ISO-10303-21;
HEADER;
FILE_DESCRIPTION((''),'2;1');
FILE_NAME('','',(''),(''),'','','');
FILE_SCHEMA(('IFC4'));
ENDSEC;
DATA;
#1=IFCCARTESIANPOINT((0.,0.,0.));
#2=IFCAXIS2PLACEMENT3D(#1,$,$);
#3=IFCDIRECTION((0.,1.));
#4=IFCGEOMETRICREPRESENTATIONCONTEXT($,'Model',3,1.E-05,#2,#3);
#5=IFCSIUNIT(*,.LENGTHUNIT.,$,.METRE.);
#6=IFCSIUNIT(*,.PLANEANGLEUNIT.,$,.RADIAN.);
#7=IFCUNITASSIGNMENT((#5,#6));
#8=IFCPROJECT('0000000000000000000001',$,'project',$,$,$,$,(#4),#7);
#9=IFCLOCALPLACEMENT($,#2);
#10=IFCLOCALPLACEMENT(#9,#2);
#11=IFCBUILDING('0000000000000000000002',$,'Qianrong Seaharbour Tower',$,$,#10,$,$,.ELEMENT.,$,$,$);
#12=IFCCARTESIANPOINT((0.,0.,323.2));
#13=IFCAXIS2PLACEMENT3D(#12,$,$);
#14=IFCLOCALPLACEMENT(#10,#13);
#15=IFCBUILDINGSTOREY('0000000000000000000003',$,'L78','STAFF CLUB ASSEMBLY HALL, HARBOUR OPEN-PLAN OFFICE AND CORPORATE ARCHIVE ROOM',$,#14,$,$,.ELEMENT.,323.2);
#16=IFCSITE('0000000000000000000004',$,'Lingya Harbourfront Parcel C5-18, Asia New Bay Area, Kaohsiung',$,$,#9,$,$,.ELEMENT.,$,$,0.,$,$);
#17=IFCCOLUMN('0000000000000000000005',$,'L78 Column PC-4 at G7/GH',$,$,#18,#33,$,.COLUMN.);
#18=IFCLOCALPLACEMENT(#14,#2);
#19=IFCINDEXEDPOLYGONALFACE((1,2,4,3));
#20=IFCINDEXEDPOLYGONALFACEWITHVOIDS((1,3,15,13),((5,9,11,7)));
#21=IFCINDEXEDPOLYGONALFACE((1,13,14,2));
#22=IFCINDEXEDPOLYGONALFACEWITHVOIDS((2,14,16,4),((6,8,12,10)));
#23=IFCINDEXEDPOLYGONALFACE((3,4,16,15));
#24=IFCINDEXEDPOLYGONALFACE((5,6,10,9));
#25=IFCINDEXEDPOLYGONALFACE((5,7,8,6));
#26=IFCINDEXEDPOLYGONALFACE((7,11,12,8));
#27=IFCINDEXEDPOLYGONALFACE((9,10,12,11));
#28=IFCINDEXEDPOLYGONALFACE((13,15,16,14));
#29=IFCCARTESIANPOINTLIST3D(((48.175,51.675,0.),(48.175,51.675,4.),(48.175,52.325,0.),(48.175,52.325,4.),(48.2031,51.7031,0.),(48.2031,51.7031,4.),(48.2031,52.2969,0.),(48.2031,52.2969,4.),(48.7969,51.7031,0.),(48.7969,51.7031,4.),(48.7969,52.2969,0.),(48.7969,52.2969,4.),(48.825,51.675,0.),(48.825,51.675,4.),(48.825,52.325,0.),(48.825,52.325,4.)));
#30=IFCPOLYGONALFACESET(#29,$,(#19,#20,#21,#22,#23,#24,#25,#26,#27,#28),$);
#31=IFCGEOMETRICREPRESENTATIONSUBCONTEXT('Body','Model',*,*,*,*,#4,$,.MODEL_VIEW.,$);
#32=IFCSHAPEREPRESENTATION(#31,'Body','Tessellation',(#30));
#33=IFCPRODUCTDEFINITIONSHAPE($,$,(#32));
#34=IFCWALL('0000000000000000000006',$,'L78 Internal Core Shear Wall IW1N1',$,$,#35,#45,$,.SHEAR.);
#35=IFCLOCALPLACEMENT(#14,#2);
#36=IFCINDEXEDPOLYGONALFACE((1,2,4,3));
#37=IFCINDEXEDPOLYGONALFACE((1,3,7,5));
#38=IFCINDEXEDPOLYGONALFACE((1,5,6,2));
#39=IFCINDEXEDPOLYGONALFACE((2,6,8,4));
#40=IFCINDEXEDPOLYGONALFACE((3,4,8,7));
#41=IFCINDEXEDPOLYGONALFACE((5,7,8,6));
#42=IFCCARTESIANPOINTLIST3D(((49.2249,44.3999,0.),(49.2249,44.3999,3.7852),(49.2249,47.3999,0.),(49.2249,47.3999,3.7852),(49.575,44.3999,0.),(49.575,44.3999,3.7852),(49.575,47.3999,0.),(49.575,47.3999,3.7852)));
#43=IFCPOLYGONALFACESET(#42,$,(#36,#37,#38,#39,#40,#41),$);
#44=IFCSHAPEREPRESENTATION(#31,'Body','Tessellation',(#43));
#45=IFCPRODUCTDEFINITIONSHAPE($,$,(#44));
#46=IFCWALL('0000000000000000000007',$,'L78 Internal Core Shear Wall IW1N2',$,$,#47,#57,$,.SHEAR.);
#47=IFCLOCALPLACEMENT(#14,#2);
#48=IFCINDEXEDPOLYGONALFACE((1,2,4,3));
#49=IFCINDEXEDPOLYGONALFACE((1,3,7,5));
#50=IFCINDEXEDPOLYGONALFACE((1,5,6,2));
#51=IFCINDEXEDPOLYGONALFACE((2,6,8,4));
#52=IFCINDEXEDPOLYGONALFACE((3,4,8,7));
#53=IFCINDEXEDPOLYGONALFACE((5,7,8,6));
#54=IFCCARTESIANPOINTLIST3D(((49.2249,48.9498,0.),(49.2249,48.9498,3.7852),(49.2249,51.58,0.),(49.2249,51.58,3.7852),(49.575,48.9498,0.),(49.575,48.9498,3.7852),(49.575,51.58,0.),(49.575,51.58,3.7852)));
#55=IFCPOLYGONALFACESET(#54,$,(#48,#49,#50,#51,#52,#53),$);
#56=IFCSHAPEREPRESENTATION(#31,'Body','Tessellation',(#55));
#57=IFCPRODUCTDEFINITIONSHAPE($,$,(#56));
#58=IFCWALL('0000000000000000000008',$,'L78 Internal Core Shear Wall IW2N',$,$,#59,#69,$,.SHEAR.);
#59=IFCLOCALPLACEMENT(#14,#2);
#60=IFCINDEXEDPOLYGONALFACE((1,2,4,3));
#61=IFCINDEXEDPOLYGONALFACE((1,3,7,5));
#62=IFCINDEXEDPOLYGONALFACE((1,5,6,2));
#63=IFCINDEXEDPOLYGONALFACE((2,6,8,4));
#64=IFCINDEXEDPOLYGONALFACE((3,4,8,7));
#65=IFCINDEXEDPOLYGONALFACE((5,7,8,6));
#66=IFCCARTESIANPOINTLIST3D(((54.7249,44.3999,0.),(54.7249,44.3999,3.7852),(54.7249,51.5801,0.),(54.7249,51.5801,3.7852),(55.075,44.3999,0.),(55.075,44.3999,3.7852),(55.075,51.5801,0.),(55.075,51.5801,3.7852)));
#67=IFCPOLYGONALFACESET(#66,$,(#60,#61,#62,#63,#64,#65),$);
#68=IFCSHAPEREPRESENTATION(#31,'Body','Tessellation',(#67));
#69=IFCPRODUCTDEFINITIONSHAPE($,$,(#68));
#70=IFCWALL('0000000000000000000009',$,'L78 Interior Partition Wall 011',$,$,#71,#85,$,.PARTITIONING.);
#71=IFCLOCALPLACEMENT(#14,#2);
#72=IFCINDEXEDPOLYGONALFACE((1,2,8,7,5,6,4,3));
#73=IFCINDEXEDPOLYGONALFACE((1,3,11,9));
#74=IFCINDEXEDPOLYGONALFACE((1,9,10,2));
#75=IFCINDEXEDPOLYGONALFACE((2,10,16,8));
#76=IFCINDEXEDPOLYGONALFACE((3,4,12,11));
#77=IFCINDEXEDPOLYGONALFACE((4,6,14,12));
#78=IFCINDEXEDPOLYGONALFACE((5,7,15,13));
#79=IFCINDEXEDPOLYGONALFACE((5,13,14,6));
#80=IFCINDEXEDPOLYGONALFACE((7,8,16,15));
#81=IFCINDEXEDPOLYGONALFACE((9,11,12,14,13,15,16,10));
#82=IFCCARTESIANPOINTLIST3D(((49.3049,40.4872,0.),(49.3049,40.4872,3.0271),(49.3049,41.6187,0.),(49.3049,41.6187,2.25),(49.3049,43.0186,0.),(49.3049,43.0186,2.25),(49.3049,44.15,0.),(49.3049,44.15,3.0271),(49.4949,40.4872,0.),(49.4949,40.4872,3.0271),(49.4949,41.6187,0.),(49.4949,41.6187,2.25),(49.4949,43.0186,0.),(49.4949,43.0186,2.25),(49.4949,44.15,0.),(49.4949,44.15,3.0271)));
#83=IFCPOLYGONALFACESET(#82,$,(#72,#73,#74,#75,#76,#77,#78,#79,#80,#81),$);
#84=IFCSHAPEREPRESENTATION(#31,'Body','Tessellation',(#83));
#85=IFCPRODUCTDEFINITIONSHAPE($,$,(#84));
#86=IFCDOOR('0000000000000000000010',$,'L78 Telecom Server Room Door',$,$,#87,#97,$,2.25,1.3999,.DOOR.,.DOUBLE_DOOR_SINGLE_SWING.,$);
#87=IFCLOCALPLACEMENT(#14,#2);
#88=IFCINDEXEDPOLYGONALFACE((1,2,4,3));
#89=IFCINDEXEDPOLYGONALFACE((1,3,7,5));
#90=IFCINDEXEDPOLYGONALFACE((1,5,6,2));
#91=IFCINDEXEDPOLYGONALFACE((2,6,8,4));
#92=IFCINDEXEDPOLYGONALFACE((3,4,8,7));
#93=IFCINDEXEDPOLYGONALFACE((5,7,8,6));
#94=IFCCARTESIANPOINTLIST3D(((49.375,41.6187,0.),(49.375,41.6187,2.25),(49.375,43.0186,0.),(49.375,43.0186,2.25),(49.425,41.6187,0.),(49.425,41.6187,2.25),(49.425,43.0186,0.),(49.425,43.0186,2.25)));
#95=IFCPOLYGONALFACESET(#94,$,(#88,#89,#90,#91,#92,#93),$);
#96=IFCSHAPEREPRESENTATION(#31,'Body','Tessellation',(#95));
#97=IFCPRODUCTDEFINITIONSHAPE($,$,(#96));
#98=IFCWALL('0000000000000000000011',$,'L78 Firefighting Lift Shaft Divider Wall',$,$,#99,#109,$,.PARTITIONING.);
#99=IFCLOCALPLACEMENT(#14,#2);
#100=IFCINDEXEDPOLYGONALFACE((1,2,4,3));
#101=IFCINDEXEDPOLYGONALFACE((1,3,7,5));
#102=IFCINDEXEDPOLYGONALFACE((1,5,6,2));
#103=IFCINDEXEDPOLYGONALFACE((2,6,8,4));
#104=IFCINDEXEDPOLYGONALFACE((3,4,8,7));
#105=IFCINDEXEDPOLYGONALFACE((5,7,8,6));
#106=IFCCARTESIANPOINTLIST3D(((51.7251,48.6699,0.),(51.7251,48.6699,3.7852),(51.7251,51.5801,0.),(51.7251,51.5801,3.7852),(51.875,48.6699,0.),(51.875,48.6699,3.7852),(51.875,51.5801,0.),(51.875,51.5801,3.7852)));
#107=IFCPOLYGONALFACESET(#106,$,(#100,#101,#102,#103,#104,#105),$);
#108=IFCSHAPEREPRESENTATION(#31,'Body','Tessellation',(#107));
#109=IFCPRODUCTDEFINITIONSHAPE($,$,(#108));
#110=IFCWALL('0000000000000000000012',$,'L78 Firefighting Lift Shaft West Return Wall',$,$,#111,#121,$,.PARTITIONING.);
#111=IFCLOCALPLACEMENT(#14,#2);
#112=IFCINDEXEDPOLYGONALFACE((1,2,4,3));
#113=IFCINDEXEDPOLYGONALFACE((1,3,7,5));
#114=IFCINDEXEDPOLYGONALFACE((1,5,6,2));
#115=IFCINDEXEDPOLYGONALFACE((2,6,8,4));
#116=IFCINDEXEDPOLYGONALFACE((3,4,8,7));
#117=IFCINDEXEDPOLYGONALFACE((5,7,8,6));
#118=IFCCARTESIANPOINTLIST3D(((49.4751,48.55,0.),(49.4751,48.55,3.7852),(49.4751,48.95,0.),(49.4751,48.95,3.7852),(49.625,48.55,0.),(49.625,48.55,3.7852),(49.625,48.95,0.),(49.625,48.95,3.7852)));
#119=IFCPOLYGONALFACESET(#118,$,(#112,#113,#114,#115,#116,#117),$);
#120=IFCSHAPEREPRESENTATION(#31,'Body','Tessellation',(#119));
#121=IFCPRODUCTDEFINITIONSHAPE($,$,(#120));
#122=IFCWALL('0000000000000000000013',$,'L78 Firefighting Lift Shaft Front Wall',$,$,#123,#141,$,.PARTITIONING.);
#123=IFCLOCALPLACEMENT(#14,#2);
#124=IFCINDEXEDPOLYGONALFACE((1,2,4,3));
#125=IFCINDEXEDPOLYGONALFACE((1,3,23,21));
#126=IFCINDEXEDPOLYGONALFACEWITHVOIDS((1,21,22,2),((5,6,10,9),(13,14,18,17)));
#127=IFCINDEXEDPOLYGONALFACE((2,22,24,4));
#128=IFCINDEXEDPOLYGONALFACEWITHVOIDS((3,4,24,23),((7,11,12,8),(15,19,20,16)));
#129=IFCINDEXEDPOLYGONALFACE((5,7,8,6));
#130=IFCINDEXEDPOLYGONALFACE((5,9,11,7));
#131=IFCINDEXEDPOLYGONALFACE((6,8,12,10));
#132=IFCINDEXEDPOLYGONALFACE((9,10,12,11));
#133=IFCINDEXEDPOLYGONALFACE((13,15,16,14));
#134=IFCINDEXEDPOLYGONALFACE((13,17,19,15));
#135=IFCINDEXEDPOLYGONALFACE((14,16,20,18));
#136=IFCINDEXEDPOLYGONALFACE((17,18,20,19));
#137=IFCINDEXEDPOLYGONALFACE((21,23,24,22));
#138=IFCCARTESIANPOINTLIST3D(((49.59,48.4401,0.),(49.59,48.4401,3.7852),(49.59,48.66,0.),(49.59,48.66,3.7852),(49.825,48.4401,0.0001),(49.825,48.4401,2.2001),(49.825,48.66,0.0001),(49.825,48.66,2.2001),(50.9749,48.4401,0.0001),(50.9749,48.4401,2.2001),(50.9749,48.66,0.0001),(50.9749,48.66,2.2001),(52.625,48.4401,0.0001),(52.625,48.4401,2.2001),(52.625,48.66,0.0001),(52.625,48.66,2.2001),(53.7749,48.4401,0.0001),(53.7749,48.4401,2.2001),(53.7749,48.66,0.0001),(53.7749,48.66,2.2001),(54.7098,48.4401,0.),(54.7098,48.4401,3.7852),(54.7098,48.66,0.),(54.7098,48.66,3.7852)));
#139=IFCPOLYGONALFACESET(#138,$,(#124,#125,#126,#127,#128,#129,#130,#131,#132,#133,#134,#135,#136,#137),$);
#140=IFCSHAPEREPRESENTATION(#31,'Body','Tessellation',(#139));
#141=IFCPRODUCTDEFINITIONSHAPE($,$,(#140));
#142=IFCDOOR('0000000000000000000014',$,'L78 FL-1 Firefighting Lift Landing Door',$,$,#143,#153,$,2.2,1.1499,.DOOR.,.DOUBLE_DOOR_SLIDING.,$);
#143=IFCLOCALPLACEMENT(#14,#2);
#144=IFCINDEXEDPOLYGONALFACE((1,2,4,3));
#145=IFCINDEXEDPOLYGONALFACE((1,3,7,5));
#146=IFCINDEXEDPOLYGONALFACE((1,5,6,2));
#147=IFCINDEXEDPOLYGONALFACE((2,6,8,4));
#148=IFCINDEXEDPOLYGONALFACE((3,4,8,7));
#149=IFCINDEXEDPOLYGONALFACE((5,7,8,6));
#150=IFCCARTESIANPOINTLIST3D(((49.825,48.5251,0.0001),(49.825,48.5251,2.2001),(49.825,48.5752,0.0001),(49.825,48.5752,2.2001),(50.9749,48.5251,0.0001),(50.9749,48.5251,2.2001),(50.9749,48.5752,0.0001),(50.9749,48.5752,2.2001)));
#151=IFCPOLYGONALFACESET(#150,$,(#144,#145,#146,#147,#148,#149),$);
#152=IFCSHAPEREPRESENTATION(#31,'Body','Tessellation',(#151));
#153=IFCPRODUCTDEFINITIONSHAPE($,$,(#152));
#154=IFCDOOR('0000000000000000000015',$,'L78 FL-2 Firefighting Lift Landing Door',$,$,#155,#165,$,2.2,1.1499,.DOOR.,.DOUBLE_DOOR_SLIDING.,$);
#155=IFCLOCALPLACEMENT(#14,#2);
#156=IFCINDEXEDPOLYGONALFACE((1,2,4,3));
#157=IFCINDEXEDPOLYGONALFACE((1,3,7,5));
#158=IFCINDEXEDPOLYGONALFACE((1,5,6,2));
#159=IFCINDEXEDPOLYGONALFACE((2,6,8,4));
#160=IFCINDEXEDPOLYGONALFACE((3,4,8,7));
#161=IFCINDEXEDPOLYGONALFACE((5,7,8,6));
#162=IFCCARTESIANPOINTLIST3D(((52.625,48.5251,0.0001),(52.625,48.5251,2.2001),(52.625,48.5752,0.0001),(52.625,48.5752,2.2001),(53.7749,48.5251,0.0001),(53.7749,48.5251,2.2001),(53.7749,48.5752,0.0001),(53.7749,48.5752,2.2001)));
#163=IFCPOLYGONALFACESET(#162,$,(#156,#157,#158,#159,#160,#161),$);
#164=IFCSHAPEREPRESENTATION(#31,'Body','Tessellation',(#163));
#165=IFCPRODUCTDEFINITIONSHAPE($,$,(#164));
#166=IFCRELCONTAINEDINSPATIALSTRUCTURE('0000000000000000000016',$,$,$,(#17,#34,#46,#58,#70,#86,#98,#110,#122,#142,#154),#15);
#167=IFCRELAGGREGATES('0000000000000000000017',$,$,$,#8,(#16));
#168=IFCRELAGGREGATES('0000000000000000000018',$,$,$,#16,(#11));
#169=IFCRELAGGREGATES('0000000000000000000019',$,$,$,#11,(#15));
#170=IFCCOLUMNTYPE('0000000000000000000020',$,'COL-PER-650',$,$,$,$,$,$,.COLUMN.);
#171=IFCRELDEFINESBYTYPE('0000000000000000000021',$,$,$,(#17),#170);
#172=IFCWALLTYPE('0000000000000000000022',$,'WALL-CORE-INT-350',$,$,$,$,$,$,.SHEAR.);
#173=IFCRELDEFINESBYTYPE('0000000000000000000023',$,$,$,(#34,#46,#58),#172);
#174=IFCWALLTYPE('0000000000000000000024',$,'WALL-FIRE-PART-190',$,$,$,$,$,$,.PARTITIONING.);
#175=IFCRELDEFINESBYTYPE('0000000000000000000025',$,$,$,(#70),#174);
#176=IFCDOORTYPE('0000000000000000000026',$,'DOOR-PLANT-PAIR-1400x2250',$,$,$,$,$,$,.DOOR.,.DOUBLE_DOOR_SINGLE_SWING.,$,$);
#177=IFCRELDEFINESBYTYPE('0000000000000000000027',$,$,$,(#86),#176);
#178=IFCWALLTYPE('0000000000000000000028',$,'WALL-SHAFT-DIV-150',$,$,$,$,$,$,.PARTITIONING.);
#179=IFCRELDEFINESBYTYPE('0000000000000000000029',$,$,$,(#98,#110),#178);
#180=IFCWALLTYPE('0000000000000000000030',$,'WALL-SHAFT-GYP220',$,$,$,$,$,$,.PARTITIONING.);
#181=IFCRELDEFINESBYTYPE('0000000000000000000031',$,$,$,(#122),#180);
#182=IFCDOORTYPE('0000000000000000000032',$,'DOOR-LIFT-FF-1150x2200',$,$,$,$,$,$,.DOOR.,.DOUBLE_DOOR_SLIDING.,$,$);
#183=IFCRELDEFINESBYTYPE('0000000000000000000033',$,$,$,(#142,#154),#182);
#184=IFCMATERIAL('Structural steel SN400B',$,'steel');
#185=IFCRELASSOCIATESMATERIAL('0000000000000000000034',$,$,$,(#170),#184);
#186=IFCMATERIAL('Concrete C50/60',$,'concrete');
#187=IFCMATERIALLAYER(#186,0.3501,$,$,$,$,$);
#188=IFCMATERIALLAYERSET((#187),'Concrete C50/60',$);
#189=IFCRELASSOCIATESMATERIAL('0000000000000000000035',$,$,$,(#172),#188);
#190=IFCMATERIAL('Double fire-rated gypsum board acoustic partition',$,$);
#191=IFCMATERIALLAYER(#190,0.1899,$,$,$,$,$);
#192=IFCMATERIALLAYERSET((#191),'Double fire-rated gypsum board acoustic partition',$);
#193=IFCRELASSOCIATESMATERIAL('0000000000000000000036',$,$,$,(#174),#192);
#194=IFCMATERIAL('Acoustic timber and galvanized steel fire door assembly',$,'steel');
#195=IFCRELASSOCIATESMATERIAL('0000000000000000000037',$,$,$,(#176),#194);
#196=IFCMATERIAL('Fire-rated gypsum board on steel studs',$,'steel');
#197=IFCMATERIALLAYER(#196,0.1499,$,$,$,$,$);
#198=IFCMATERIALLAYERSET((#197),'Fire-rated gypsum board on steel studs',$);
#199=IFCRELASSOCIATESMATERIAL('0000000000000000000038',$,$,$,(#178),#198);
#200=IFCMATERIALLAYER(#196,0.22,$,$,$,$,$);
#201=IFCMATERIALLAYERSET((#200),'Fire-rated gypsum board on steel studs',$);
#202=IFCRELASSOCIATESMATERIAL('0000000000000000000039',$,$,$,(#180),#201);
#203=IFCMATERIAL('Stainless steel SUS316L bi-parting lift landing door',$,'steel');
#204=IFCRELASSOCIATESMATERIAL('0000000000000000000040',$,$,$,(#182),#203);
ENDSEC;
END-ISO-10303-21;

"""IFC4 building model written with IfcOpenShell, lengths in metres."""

from ifc_helpers import new_model, si_unit, direction, frame, frame_2d, origin, origin_2d, place, context, subcontext, project, spatial, rectangle, hollow_rectangle, extrude, material, layer, layer_set, material_profile, profile_set, type_object, element, fill, save


model = new_model("IFC4")

# Units and contexts
model_context = context("Model", 3, precision=1e-05, world=origin(), true_north=direction((0.0, 1.0)))
body_context = subcontext(model_context, "Body", "Model", "MODEL_VIEW")
ifc_project = project(units=[si_unit("LENGTHUNIT", "METRE"), si_unit("PLANEANGLEUNIT", "RADIAN")], contexts=[model_context])

# Site, building, storey
site_placement = place(None, origin())
site = spatial("IfcSite", under=ifc_project, at=site_placement, Name="Lingya Harbourfront Parcel C5-18, Asia New Bay Area, Kaohsiung", CompositionType="ELEMENT", RefElevation=0.0)
building_placement = place(site_placement, origin())
building = spatial("IfcBuilding", under=site, at=building_placement, Name="Qianrong Seaharbour Tower", CompositionType="ELEMENT")
storey_placement = place(building_placement, frame((0.0, 0.0, 323.2)))
storey = spatial("IfcBuildingStorey", under=building, at=storey_placement, Name="L78", Description="STAFF CLUB ASSEMBLY HALL, HARBOUR OPEN-PLAN OFFICE AND CORPORATE ARCHIVE ROOM", CompositionType="ELEMENT", Elevation=323.2)

# Column
ifc_material_1 = material(Name="Structural steel SN400B", Category="steel")
ifc_material_profile = material_profile(ifc_material_1, hollow_rectangle(XDim=0.6499, YDim=0.6499, WallThickness=0.0281, at=origin_2d()), Name="BOX650x650x28")
ifc_profile_set = profile_set([ifc_material_profile], Name="Structural steel SN400B")
column_type = type_object("IfcColumnType", Name="COL-PER-650", PredefinedType="COLUMN", material=ifc_profile_set)
column_placement = place(storey_placement, frame((48.5, 52.0, 0.0), z_axis=(0.0, 0.0, 1.0), x_axis=(1.0, 0.0, 0.0)))
element("IfcColumn", 1, at=column_placement, inside=storey, type_object=column_type, Name="L78 Column PC-4 at G7/GH", PredefinedType="COLUMN", context=body_context, shape_type="SweptSolid", body=[
    extrude(hollow_rectangle(XDim=0.6499, YDim=0.6499, WallThickness=0.0281, at=origin_2d()), origin(), (0.0, 0.0, 1.0), 4.0),
])

# Walls
ifc_material_2 = material(Name="Concrete C50/60", Category="concrete")
ifc_layer_1 = layer(ifc_material_2, 0.3501)
ifc_layer_set_1 = layer_set([ifc_layer_1], Name="Concrete C50/60")
wall_type_1 = type_object("IfcWallType", Name="WALL-CORE-INT-350", PredefinedType="SHEAR", material=ifc_layer_set_1)
wall_1_placement = place(storey_placement, frame((49.3999, 44.3999, 0.0), z_axis=(0.0, 0.0, 1.0), x_axis=(0.0, 1.0, 0.0)))
element("IfcWall", 2, at=wall_1_placement, inside=storey, type_object=wall_type_1, Name="L78 Internal Core Shear Wall IW1N1", PredefinedType="SHEAR", context=body_context, shape_type="SweptSolid", body=[
    extrude(rectangle(XDim=3.0, YDim=0.3501, at=frame_2d((1.5, 0.0))), origin(), (0.0, 0.0, 1.0), 3.7852),
])
wall_2_placement = place(storey_placement, frame((49.3999, 48.95, 0.0), z_axis=(0.0, 0.0, 1.0), x_axis=(0.0, 1.0, 0.0)))
element("IfcWall", 3, at=wall_2_placement, inside=storey, type_object=wall_type_1, Name="L78 Internal Core Shear Wall IW1N2", PredefinedType="SHEAR", context=body_context, shape_type="SweptSolid", body=[
    extrude(rectangle(XDim=2.6301, YDim=0.3501, at=frame_2d((1.3149, 0.0))), origin(), (0.0, 0.0, 1.0), 3.7852),
])
wall_3_placement = place(storey_placement, frame((54.8999, 44.3999, 0.0), z_axis=(0.0, 0.0, 1.0), x_axis=(0.0, 1.0, 0.0)))
element("IfcWall", 4, at=wall_3_placement, inside=storey, type_object=wall_type_1, Name="L78 Internal Core Shear Wall IW2N", PredefinedType="SHEAR", context=body_context, shape_type="SweptSolid", body=[
    extrude(rectangle(XDim=7.1802, YDim=0.3501, at=frame_2d((3.5901, 0.0))), origin(), (0.0, 0.0, 1.0), 3.7852),
])

# Wall, opening, door
ifc_material_3 = material(Name="Acoustic timber and galvanized steel fire door assembly", Category="steel")
ifc_material_4 = material(Name="Double fire-rated gypsum board acoustic partition")
ifc_layer_2 = layer(ifc_material_4, 0.1899)
ifc_layer_set_2 = layer_set([ifc_layer_2], Name="Double fire-rated gypsum board acoustic partition")
wall_type_2 = type_object("IfcWallType", Name="WALL-FIRE-PART-190", PredefinedType="PARTITIONING", material=ifc_layer_set_2)
wall_4_placement = place(storey_placement, frame((49.3999, 40.4871, 0.0), z_axis=(0.0, 0.0, 1.0), x_axis=(0.0, 1.0, 0.0)))
wall_4 = element("IfcWall", 5, at=wall_4_placement, inside=storey, type_object=wall_type_2, Name="L78 Interior Partition Wall 011", PredefinedType="PARTITIONING", context=body_context, shape_type="SweptSolid", body=[
    extrude(rectangle(XDim=3.6628, YDim=0.1899, at=frame_2d((1.8315, 0.0))), origin(), (0.0, 0.0, 1.0), 3.0271),
])
opening_1_placement = place(wall_4_placement, frame((1.1316, 0.0, 0.0)))
opening_1 = element("IfcOpeningElement", 6, at=opening_1_placement, cuts=wall_4, PredefinedType="OPENING", context=body_context, shape_type="SweptSolid", body=[
    extrude(rectangle(XDim=1.3999, YDim=2.25, at=frame_2d((0.7, 1.125))), frame((0.0, 0.105, 0.0), z_axis=(0.0, -1.0, 0.0), x_axis=(1.0, 0.0, 0.0)), (0.0, 0.0, 1.0), 0.21),
])
door_type_1 = type_object("IfcDoorType", Name="DOOR-PLANT-PAIR-1400x2250", OperationType="DOUBLE_DOOR_SINGLE_SWING", PredefinedType="DOOR", material=ifc_material_3)
door_1_placement = place(opening_1_placement, origin())
door_1 = element("IfcDoor", 7, at=door_1_placement, inside=storey, type_object=door_type_1, Name="L78 Telecom Server Room Door", OperationType="DOUBLE_DOOR_SINGLE_SWING", OverallHeight=2.25, OverallWidth=1.3999, PredefinedType="DOOR", context=body_context, shape_type="SweptSolid", body=[
    extrude(rectangle(XDim=1.3999, YDim=2.25, at=frame_2d((0.7, 1.125))), frame((0.0, 0.0249, 0.0), z_axis=(0.0, -1.0, 0.0), x_axis=(1.0, 0.0, 0.0)), (0.0, 0.0, 1.0), 0.05),
])
fill(opening_1, door_1)

# Walls
ifc_material_5 = material(Name="Fire-rated gypsum board on steel studs", Category="steel")
ifc_layer_3 = layer(ifc_material_5, 0.1499)
ifc_layer_set_3 = layer_set([ifc_layer_3], Name="Fire-rated gypsum board on steel studs")
wall_type_3 = type_object("IfcWallType", Name="WALL-SHAFT-DIV-150", PredefinedType="PARTITIONING", material=ifc_layer_set_3)
wall_5_placement = place(storey_placement, frame((51.8, 48.6699, 0.0), z_axis=(0.0, 0.0, 1.0), x_axis=(0.0, 1.0, 0.0)))
element("IfcWall", 8, at=wall_5_placement, inside=storey, type_object=wall_type_3, Name="L78 Firefighting Lift Shaft Divider Wall", PredefinedType="PARTITIONING", context=body_context, shape_type="SweptSolid", body=[
    extrude(rectangle(XDim=2.9102, YDim=0.1499, at=frame_2d((1.4551, 0.0))), origin(), (0.0, 0.0, 1.0), 3.7852),
])
wall_6_placement = place(storey_placement, frame((49.55, 48.55, 0.0), z_axis=(0.0, 0.0, 1.0), x_axis=(0.0, 1.0, 0.0)))
element("IfcWall", 9, at=wall_6_placement, inside=storey, type_object=wall_type_3, Name="L78 Firefighting Lift Shaft West Return Wall", PredefinedType="PARTITIONING", context=body_context, shape_type="SweptSolid", body=[
    extrude(rectangle(XDim=0.3999, YDim=0.1499, at=frame_2d((0.2, 0.0))), origin(), (0.0, 0.0, 1.0), 3.7852),
])

# Wall, openings, doors
ifc_layer_4 = layer(ifc_material_5, 0.22)
ifc_layer_set_4 = layer_set([ifc_layer_4], Name="Fire-rated gypsum board on steel studs")
wall_type_4 = type_object("IfcWallType", Name="WALL-SHAFT-GYP220", PredefinedType="PARTITIONING", material=ifc_layer_set_4)
wall_7_placement = place(storey_placement, frame((54.71, 48.55, 0.0), z_axis=(0.0, 0.0, 1.0), x_axis=(-1.0, 0.0, 0.0)))
wall_7 = element("IfcWall", 10, at=wall_7_placement, inside=storey, type_object=wall_type_4, Name="L78 Firefighting Lift Shaft Front Wall", PredefinedType="PARTITIONING", context=body_context, shape_type="SweptSolid", body=[
    extrude(rectangle(XDim=5.1199, YDim=0.22, at=frame_2d((2.5601, 0.0))), origin(), (0.0, 0.0, 1.0), 3.7852),
])
opening_2_placement = place(wall_7_placement, frame((3.7351, 0.0, 0.0)))
opening_2 = element("IfcOpeningElement", 11, at=opening_2_placement, cuts=wall_7, PredefinedType="OPENING", context=body_context, shape_type="SweptSolid", body=[
    extrude(rectangle(XDim=1.1499, YDim=2.2, at=frame_2d((0.575, 1.1001))), frame((0.0, 0.1201, 0.0), z_axis=(0.0, -1.0, 0.0), x_axis=(1.0, 0.0, 0.0)), (0.0, 0.0, 1.0), 0.24),
])
opening_3_placement = place(wall_7_placement, frame((0.9351, 0.0, 0.0)))
opening_3 = element("IfcOpeningElement", 12, at=opening_3_placement, cuts=wall_7, PredefinedType="OPENING", context=body_context, shape_type="SweptSolid", body=[
    extrude(rectangle(XDim=1.1499, YDim=2.2, at=frame_2d((0.575, 1.1001))), frame((0.0, 0.1201, 0.0), z_axis=(0.0, -1.0, 0.0), x_axis=(1.0, 0.0, 0.0)), (0.0, 0.0, 1.0), 0.24),
])
ifc_material_6 = material(Name="Stainless steel SUS316L bi-parting lift landing door", Category="steel")
door_type_2 = type_object("IfcDoorType", Name="DOOR-LIFT-FF-1150x2200", OperationType="DOUBLE_DOOR_SLIDING", PredefinedType="DOOR", material=ifc_material_6)
door_2_placement = place(opening_2_placement, origin())
door_2 = element("IfcDoor", 13, at=door_2_placement, inside=storey, type_object=door_type_2, Name="L78 FL-1 Firefighting Lift Landing Door", OperationType="DOUBLE_DOOR_SLIDING", OverallHeight=2.2, OverallWidth=1.1499, PredefinedType="DOOR", context=body_context, shape_type="SweptSolid", body=[
    extrude(rectangle(XDim=1.1499, YDim=2.2, at=frame_2d((0.575, 1.1001))), frame((0.0, 0.0249, 0.0), z_axis=(0.0, -1.0, 0.0), x_axis=(1.0, 0.0, 0.0)), (0.0, 0.0, 1.0), 0.05),
])
fill(opening_2, door_2)
door_3_placement = place(opening_3_placement, origin())
door_3 = element("IfcDoor", 14, at=door_3_placement, inside=storey, type_object=door_type_2, Name="L78 FL-2 Firefighting Lift Landing Door", OperationType="DOUBLE_DOOR_SLIDING", OverallHeight=2.2, OverallWidth=1.1499, PredefinedType="DOOR", context=body_context, shape_type="SweptSolid", body=[
    extrude(rectangle(XDim=1.1499, YDim=2.2, at=frame_2d((0.575, 1.1001))), frame((0.0, 0.0249, 0.0), z_axis=(0.0, -1.0, 0.0), x_axis=(1.0, 0.0, 0.0)), (0.0, 0.0, 1.0), 0.05),
])
fill(opening_3, door_3)

save(model, "model.ifc")
